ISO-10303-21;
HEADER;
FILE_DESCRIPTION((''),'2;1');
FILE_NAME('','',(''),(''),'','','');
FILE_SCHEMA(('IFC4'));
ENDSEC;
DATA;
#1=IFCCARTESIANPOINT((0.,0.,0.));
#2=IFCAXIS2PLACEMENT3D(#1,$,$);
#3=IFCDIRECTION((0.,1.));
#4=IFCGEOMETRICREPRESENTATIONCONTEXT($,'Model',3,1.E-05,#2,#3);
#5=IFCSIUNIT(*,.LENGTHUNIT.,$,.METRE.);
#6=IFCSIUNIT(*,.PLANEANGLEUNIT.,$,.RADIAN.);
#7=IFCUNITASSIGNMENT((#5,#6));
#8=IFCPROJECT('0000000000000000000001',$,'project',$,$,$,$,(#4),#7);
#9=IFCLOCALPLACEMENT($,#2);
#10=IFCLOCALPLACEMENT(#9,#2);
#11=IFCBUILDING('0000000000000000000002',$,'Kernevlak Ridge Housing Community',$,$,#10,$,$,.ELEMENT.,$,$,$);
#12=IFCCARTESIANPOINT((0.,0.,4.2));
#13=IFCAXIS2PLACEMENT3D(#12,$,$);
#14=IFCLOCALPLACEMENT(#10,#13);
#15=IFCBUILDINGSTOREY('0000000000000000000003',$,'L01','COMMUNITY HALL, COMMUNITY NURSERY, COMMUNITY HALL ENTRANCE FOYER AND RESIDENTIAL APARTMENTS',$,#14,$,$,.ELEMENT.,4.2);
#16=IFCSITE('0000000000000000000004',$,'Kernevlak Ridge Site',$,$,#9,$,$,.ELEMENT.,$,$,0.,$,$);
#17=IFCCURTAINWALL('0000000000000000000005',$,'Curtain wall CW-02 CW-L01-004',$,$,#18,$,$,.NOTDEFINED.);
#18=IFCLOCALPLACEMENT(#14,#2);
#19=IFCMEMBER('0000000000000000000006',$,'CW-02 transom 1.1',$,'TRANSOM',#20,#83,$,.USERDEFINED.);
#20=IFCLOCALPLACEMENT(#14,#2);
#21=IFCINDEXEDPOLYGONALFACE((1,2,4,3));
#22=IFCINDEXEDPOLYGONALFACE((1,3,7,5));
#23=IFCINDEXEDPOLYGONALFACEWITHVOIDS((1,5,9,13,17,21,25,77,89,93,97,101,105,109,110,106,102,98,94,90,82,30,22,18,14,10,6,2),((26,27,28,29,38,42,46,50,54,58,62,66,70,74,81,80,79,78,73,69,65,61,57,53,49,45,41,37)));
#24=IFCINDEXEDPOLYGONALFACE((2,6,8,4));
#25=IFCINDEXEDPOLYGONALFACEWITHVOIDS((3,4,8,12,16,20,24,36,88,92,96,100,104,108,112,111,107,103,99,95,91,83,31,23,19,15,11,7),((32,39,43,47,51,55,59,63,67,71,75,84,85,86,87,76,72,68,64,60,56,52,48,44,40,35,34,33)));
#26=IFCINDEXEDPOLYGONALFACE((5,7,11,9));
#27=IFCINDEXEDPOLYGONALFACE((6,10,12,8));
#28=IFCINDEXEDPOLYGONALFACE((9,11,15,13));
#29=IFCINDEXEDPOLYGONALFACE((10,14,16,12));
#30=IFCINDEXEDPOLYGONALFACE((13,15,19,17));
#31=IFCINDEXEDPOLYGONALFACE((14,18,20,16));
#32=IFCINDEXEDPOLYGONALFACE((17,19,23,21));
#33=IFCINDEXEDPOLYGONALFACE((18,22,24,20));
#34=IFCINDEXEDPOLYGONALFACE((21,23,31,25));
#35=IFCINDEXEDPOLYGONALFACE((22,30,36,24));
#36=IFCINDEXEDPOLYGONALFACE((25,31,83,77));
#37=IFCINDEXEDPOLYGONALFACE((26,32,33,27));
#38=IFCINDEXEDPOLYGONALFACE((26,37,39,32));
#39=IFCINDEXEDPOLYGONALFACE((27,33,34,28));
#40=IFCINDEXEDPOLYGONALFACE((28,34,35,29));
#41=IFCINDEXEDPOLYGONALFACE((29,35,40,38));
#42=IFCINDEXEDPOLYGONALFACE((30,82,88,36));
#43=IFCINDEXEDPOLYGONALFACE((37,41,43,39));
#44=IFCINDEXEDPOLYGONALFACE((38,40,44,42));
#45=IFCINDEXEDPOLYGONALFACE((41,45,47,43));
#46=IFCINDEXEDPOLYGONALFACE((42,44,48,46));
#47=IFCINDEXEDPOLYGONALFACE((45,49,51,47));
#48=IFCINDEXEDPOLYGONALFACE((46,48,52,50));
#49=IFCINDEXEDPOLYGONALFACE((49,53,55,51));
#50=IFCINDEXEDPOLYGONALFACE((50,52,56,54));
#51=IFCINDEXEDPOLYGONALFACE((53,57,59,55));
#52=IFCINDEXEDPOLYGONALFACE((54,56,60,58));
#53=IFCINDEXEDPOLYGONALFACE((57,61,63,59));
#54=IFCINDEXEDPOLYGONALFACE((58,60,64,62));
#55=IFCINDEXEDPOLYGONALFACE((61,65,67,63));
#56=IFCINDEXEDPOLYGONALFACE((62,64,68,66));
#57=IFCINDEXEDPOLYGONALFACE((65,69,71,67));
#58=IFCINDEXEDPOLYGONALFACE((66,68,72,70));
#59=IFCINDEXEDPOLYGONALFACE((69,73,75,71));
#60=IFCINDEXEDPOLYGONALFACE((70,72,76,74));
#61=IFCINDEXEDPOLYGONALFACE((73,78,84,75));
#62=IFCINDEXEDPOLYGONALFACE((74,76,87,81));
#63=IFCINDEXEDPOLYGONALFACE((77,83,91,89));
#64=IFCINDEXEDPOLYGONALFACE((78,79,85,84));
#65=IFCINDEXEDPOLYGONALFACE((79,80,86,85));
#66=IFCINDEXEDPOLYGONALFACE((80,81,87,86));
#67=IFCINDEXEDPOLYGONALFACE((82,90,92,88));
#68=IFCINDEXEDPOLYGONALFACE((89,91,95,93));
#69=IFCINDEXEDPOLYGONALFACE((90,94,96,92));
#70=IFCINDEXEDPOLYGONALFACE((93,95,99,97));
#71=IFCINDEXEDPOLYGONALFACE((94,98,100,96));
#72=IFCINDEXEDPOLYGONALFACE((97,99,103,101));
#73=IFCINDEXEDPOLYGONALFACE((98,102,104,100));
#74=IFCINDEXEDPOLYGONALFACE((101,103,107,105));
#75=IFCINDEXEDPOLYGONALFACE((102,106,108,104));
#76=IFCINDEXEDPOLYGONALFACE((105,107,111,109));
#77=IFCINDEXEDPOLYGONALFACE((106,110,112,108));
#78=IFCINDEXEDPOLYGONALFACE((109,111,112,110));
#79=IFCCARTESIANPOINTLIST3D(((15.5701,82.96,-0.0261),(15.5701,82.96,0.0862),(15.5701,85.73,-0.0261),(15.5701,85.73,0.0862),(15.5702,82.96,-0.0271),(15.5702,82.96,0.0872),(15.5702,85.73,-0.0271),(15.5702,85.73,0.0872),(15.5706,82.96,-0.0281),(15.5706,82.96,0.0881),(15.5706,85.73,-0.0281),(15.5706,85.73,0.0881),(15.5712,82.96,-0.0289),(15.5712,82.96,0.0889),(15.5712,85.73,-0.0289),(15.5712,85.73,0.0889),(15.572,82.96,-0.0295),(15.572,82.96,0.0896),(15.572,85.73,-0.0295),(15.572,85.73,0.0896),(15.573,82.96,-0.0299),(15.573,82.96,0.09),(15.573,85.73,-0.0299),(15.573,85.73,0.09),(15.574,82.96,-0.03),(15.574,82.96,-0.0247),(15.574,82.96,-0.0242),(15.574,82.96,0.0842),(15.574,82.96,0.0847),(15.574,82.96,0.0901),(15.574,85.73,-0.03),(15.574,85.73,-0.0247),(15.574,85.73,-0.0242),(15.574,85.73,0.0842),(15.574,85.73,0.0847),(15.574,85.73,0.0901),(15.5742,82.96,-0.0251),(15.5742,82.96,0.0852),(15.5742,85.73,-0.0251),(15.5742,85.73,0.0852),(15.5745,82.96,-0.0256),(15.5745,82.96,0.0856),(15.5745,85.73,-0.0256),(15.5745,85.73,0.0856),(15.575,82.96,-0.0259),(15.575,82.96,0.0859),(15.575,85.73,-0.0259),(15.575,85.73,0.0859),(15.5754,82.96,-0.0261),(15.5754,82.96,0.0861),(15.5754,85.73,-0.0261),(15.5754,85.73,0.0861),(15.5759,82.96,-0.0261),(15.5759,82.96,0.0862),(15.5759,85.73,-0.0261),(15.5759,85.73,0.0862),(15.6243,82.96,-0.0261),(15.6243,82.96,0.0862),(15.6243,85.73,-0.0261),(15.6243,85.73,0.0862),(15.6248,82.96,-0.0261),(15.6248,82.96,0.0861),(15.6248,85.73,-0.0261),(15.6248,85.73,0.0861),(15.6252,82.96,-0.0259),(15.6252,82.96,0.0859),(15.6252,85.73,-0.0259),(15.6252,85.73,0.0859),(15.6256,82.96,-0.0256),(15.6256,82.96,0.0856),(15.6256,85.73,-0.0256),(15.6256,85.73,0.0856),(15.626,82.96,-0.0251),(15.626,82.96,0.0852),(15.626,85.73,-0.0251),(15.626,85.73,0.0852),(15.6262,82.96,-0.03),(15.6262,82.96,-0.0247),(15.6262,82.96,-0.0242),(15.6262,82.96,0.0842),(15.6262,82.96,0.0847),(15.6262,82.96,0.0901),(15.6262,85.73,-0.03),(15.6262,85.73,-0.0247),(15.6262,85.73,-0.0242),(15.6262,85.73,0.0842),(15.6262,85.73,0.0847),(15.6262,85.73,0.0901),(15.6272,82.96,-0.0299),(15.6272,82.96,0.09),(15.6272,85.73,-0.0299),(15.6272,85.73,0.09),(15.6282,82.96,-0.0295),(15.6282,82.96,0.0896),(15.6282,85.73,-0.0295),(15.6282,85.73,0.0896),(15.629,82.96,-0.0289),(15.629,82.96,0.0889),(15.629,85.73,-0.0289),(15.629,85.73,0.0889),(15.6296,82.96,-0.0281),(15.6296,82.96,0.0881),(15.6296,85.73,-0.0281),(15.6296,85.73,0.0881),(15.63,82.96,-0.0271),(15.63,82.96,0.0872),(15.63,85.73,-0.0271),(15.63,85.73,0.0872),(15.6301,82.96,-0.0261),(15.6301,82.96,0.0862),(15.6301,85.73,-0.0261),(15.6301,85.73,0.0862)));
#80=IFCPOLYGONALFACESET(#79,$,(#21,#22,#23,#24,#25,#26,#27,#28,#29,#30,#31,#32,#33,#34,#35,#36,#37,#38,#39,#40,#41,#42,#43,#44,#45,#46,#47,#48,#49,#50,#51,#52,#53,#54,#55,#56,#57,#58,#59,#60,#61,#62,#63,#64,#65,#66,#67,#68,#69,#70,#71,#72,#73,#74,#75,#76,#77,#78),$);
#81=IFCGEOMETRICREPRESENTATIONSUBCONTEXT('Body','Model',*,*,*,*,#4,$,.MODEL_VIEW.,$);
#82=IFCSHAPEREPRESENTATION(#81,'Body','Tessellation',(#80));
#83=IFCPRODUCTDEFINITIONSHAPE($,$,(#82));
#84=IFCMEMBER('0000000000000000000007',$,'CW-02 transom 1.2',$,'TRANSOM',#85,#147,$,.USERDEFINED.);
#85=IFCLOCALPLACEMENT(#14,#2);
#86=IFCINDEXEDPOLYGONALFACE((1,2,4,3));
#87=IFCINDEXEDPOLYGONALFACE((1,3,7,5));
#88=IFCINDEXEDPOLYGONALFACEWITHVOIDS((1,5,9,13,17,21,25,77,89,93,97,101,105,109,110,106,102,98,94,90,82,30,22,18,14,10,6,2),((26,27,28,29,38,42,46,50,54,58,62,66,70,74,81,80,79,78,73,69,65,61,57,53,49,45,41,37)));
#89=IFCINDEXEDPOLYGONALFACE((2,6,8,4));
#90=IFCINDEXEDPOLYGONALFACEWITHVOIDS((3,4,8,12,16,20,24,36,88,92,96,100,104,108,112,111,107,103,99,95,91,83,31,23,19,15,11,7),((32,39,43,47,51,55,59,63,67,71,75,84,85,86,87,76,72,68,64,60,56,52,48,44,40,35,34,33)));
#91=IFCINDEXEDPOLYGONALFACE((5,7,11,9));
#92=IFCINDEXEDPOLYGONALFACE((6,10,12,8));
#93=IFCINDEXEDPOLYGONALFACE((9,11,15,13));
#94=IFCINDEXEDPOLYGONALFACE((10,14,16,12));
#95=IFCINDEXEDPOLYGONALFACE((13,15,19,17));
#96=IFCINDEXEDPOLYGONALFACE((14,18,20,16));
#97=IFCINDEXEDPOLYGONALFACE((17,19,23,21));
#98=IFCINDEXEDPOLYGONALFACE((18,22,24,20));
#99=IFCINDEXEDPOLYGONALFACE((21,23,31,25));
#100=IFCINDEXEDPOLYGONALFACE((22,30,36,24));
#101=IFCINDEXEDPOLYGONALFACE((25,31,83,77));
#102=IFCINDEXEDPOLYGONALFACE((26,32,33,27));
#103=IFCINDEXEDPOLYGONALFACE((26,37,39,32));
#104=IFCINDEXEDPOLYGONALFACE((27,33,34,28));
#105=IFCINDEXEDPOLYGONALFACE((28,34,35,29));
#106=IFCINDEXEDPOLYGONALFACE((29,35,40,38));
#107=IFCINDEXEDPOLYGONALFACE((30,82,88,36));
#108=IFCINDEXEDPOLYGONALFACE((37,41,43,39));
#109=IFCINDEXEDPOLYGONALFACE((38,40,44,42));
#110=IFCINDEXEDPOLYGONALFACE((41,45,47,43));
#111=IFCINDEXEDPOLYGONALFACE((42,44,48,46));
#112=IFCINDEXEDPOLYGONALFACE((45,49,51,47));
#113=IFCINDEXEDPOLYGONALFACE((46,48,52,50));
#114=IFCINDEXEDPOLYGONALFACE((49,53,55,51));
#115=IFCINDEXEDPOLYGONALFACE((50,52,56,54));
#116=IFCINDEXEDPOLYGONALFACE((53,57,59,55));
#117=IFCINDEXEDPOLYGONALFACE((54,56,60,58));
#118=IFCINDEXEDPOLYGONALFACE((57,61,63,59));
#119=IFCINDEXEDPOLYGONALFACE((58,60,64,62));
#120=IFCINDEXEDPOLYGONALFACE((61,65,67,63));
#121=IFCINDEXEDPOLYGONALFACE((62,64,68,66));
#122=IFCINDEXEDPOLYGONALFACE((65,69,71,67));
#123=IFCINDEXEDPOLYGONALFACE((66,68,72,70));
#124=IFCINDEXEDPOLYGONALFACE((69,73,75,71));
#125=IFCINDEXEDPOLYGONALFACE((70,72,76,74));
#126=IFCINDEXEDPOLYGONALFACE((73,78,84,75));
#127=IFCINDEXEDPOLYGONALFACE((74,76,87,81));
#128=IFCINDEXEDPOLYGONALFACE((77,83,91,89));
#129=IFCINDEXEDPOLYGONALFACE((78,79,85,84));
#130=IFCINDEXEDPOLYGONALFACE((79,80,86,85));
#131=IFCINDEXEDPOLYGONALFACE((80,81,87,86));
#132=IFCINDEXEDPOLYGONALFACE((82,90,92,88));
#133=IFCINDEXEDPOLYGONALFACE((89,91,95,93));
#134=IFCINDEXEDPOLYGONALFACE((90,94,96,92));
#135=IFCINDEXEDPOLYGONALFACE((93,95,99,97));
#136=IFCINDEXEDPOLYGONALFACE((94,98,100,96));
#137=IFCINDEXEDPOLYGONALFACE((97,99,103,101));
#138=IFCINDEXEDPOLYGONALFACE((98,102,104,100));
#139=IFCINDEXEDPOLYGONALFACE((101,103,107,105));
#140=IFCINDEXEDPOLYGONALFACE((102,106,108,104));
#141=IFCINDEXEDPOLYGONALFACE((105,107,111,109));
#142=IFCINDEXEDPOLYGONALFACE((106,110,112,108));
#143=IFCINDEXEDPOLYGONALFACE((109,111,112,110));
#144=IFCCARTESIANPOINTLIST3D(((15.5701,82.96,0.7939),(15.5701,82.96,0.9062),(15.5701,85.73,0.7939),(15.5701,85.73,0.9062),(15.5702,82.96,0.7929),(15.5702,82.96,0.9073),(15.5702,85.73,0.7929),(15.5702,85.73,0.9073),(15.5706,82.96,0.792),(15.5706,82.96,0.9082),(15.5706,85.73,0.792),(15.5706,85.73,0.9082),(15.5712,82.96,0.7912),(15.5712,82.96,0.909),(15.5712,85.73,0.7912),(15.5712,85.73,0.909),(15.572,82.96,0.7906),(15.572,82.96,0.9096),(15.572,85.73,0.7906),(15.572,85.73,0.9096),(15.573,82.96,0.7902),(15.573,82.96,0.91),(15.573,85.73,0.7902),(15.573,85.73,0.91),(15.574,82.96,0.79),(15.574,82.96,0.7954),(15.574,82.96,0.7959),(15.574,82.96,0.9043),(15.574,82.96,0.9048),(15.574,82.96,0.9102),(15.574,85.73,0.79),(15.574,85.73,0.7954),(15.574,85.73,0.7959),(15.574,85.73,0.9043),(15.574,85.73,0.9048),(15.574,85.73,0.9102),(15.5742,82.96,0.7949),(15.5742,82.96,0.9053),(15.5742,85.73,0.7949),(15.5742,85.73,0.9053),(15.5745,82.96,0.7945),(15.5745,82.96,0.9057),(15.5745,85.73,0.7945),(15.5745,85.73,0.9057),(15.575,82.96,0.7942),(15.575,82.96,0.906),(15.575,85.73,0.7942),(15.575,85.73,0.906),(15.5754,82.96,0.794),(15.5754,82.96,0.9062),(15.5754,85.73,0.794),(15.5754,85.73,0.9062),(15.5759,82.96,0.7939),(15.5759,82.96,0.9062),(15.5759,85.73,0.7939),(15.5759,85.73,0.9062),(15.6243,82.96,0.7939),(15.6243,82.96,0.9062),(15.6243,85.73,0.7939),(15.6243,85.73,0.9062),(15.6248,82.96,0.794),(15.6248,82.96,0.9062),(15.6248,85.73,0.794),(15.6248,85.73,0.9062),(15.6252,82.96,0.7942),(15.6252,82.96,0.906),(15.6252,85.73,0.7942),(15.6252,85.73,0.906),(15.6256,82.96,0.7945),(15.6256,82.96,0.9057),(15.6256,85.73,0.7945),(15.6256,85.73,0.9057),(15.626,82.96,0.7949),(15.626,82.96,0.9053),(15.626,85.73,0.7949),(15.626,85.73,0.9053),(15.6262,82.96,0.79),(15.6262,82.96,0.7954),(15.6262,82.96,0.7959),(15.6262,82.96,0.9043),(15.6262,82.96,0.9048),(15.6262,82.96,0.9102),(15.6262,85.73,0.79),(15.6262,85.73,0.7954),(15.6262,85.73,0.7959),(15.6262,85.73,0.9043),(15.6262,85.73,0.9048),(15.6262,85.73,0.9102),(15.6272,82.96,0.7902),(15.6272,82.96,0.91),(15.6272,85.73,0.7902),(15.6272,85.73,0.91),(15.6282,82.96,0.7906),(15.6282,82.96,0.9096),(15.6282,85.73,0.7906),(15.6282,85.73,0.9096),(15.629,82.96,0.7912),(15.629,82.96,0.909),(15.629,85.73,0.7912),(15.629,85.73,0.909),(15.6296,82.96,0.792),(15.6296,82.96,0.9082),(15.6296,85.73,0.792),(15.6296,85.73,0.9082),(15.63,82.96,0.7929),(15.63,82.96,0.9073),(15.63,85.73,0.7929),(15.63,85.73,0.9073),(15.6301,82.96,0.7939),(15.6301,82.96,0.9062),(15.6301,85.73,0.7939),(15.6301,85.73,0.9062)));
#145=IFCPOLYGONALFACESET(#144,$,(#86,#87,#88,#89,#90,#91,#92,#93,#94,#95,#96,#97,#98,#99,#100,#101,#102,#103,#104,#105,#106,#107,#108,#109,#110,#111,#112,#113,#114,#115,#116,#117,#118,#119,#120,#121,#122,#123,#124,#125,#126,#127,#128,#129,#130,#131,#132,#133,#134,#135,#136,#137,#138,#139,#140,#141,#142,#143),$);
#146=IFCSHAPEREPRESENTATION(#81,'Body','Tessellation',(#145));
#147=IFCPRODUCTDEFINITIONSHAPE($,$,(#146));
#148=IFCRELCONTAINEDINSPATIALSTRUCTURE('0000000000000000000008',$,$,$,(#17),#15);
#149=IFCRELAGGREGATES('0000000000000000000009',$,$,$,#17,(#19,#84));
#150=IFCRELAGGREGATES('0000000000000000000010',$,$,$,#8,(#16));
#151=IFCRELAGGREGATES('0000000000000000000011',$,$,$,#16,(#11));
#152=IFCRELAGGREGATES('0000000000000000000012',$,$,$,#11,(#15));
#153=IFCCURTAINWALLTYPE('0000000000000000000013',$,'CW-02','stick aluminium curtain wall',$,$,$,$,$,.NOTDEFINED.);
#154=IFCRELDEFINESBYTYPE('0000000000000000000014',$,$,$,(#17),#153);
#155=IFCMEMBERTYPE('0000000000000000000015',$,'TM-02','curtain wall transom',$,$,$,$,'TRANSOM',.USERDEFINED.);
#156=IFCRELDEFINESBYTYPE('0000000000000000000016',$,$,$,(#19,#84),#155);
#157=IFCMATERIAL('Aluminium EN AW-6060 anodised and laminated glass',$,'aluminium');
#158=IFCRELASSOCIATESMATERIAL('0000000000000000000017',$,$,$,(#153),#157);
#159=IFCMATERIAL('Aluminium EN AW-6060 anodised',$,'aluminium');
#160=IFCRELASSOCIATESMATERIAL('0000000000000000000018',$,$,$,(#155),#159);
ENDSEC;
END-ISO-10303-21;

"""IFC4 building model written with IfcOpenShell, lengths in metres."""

from ifc_helpers import new_model, si_unit, direction, frame, origin, origin_2d, place, context, subcontext, project, spatial, hollow_rectangle, extrude, material, material_profile, profile_set, type_object, element, aggregate, save


model = new_model("IFC4")

# Units and contexts
model_context = context("Model", 3, precision=1e-05, world=origin(), true_north=direction((0.0, 1.0)))
body_context = subcontext(model_context, "Body", "Model", "MODEL_VIEW")
ifc_project = project(units=[si_unit("LENGTHUNIT", "METRE"), si_unit("PLANEANGLEUNIT", "RADIAN")], contexts=[model_context])

# Site, building, storey
site_placement = place(None, origin())
site = spatial("IfcSite", under=ifc_project, at=site_placement, Name="Kernevlak Ridge Site", CompositionType="ELEMENT", RefElevation=0.0)
building_placement = place(site_placement, origin())
building = spatial("IfcBuilding", under=site, at=building_placement, Name="Kernevlak Ridge Housing Community", CompositionType="ELEMENT")
storey_placement = place(building_placement, frame((0.0, 0.0, 4.2)))
storey = spatial("IfcBuildingStorey", under=building, at=storey_placement, Name="L01", Description="COMMUNITY HALL, COMMUNITY NURSERY, COMMUNITY HALL ENTRANCE FOYER AND RESIDENTIAL APARTMENTS", CompositionType="ELEMENT", Elevation=4.2)

# Curtain wall
ifc_material_1 = material(Name="Aluminium EN AW-6060 anodised and laminated glass", Category="aluminium")
curtain_wall_type = type_object("IfcCurtainWallType", Name="CW-02", Description="stick aluminium curtain wall", PredefinedType="NOTDEFINED", material=ifc_material_1)
curtain_wall_placement = place(storey_placement, origin())
curtain_wall = element("IfcCurtainWall", 1, at=curtain_wall_placement, inside=storey, type_object=curtain_wall_type, Name="Curtain wall CW-02 CW-L01-004", PredefinedType="NOTDEFINED")
ifc_material_2 = material(Name="Aluminium EN AW-6060 anodised", Category="aluminium")

# Members
ifc_material_profile_1 = material_profile(ifc_material_2, hollow_rectangle(XDim=0.0601, YDim=0.1201, WallThickness=0.0039, InnerFilletRadius=0.002, OuterFilletRadius=0.0039, at=origin_2d()), Name="ALU 60x120x4")
ifc_profile_set_1 = profile_set([ifc_material_profile_1], Name="Aluminium EN AW-6060 anodised")
member_type_1 = type_object("IfcMemberType", Name="TM-02", Description="curtain wall transom", ElementType="TRANSOM", PredefinedType="USERDEFINED", material=ifc_profile_set_1)
member_1_placement = place(storey_placement, frame((15.6001, 82.96, 0.03), z_axis=(0.0, 1.0, 0.0), x_axis=(-1.0, 0.0, 0.0)))
member_1 = element("IfcMember", 2, at=member_1_placement, type_object=member_type_1, Name="CW-02 transom 1.1", ObjectType="TRANSOM", PredefinedType="USERDEFINED", context=body_context, shape_type="SweptSolid", body=[
    extrude(hollow_rectangle(XDim=0.0601, YDim=0.1201, WallThickness=0.0039, InnerFilletRadius=0.002, OuterFilletRadius=0.0039, at=origin_2d()), origin(), (0.0, 0.0, 1.0), 2.77),
])
member_2_placement = place(storey_placement, frame((15.6001, 82.96, 0.8501), z_axis=(0.0, 1.0, 0.0), x_axis=(-1.0, 0.0, 0.0)))
member_2 = element("IfcMember", 3, at=member_2_placement, type_object=member_type_1, Name="CW-02 transom 1.2", ObjectType="TRANSOM", PredefinedType="USERDEFINED", context=body_context, shape_type="SweptSolid", body=[
    extrude(hollow_rectangle(XDim=0.0601, YDim=0.1201, WallThickness=0.0039, InnerFilletRadius=0.002, OuterFilletRadius=0.0039, at=origin_2d()), origin(), (0.0, 0.0, 1.0), 2.77),
])

aggregate(curtain_wall, [member_1, member_2])

save(model, "model.ifc")
